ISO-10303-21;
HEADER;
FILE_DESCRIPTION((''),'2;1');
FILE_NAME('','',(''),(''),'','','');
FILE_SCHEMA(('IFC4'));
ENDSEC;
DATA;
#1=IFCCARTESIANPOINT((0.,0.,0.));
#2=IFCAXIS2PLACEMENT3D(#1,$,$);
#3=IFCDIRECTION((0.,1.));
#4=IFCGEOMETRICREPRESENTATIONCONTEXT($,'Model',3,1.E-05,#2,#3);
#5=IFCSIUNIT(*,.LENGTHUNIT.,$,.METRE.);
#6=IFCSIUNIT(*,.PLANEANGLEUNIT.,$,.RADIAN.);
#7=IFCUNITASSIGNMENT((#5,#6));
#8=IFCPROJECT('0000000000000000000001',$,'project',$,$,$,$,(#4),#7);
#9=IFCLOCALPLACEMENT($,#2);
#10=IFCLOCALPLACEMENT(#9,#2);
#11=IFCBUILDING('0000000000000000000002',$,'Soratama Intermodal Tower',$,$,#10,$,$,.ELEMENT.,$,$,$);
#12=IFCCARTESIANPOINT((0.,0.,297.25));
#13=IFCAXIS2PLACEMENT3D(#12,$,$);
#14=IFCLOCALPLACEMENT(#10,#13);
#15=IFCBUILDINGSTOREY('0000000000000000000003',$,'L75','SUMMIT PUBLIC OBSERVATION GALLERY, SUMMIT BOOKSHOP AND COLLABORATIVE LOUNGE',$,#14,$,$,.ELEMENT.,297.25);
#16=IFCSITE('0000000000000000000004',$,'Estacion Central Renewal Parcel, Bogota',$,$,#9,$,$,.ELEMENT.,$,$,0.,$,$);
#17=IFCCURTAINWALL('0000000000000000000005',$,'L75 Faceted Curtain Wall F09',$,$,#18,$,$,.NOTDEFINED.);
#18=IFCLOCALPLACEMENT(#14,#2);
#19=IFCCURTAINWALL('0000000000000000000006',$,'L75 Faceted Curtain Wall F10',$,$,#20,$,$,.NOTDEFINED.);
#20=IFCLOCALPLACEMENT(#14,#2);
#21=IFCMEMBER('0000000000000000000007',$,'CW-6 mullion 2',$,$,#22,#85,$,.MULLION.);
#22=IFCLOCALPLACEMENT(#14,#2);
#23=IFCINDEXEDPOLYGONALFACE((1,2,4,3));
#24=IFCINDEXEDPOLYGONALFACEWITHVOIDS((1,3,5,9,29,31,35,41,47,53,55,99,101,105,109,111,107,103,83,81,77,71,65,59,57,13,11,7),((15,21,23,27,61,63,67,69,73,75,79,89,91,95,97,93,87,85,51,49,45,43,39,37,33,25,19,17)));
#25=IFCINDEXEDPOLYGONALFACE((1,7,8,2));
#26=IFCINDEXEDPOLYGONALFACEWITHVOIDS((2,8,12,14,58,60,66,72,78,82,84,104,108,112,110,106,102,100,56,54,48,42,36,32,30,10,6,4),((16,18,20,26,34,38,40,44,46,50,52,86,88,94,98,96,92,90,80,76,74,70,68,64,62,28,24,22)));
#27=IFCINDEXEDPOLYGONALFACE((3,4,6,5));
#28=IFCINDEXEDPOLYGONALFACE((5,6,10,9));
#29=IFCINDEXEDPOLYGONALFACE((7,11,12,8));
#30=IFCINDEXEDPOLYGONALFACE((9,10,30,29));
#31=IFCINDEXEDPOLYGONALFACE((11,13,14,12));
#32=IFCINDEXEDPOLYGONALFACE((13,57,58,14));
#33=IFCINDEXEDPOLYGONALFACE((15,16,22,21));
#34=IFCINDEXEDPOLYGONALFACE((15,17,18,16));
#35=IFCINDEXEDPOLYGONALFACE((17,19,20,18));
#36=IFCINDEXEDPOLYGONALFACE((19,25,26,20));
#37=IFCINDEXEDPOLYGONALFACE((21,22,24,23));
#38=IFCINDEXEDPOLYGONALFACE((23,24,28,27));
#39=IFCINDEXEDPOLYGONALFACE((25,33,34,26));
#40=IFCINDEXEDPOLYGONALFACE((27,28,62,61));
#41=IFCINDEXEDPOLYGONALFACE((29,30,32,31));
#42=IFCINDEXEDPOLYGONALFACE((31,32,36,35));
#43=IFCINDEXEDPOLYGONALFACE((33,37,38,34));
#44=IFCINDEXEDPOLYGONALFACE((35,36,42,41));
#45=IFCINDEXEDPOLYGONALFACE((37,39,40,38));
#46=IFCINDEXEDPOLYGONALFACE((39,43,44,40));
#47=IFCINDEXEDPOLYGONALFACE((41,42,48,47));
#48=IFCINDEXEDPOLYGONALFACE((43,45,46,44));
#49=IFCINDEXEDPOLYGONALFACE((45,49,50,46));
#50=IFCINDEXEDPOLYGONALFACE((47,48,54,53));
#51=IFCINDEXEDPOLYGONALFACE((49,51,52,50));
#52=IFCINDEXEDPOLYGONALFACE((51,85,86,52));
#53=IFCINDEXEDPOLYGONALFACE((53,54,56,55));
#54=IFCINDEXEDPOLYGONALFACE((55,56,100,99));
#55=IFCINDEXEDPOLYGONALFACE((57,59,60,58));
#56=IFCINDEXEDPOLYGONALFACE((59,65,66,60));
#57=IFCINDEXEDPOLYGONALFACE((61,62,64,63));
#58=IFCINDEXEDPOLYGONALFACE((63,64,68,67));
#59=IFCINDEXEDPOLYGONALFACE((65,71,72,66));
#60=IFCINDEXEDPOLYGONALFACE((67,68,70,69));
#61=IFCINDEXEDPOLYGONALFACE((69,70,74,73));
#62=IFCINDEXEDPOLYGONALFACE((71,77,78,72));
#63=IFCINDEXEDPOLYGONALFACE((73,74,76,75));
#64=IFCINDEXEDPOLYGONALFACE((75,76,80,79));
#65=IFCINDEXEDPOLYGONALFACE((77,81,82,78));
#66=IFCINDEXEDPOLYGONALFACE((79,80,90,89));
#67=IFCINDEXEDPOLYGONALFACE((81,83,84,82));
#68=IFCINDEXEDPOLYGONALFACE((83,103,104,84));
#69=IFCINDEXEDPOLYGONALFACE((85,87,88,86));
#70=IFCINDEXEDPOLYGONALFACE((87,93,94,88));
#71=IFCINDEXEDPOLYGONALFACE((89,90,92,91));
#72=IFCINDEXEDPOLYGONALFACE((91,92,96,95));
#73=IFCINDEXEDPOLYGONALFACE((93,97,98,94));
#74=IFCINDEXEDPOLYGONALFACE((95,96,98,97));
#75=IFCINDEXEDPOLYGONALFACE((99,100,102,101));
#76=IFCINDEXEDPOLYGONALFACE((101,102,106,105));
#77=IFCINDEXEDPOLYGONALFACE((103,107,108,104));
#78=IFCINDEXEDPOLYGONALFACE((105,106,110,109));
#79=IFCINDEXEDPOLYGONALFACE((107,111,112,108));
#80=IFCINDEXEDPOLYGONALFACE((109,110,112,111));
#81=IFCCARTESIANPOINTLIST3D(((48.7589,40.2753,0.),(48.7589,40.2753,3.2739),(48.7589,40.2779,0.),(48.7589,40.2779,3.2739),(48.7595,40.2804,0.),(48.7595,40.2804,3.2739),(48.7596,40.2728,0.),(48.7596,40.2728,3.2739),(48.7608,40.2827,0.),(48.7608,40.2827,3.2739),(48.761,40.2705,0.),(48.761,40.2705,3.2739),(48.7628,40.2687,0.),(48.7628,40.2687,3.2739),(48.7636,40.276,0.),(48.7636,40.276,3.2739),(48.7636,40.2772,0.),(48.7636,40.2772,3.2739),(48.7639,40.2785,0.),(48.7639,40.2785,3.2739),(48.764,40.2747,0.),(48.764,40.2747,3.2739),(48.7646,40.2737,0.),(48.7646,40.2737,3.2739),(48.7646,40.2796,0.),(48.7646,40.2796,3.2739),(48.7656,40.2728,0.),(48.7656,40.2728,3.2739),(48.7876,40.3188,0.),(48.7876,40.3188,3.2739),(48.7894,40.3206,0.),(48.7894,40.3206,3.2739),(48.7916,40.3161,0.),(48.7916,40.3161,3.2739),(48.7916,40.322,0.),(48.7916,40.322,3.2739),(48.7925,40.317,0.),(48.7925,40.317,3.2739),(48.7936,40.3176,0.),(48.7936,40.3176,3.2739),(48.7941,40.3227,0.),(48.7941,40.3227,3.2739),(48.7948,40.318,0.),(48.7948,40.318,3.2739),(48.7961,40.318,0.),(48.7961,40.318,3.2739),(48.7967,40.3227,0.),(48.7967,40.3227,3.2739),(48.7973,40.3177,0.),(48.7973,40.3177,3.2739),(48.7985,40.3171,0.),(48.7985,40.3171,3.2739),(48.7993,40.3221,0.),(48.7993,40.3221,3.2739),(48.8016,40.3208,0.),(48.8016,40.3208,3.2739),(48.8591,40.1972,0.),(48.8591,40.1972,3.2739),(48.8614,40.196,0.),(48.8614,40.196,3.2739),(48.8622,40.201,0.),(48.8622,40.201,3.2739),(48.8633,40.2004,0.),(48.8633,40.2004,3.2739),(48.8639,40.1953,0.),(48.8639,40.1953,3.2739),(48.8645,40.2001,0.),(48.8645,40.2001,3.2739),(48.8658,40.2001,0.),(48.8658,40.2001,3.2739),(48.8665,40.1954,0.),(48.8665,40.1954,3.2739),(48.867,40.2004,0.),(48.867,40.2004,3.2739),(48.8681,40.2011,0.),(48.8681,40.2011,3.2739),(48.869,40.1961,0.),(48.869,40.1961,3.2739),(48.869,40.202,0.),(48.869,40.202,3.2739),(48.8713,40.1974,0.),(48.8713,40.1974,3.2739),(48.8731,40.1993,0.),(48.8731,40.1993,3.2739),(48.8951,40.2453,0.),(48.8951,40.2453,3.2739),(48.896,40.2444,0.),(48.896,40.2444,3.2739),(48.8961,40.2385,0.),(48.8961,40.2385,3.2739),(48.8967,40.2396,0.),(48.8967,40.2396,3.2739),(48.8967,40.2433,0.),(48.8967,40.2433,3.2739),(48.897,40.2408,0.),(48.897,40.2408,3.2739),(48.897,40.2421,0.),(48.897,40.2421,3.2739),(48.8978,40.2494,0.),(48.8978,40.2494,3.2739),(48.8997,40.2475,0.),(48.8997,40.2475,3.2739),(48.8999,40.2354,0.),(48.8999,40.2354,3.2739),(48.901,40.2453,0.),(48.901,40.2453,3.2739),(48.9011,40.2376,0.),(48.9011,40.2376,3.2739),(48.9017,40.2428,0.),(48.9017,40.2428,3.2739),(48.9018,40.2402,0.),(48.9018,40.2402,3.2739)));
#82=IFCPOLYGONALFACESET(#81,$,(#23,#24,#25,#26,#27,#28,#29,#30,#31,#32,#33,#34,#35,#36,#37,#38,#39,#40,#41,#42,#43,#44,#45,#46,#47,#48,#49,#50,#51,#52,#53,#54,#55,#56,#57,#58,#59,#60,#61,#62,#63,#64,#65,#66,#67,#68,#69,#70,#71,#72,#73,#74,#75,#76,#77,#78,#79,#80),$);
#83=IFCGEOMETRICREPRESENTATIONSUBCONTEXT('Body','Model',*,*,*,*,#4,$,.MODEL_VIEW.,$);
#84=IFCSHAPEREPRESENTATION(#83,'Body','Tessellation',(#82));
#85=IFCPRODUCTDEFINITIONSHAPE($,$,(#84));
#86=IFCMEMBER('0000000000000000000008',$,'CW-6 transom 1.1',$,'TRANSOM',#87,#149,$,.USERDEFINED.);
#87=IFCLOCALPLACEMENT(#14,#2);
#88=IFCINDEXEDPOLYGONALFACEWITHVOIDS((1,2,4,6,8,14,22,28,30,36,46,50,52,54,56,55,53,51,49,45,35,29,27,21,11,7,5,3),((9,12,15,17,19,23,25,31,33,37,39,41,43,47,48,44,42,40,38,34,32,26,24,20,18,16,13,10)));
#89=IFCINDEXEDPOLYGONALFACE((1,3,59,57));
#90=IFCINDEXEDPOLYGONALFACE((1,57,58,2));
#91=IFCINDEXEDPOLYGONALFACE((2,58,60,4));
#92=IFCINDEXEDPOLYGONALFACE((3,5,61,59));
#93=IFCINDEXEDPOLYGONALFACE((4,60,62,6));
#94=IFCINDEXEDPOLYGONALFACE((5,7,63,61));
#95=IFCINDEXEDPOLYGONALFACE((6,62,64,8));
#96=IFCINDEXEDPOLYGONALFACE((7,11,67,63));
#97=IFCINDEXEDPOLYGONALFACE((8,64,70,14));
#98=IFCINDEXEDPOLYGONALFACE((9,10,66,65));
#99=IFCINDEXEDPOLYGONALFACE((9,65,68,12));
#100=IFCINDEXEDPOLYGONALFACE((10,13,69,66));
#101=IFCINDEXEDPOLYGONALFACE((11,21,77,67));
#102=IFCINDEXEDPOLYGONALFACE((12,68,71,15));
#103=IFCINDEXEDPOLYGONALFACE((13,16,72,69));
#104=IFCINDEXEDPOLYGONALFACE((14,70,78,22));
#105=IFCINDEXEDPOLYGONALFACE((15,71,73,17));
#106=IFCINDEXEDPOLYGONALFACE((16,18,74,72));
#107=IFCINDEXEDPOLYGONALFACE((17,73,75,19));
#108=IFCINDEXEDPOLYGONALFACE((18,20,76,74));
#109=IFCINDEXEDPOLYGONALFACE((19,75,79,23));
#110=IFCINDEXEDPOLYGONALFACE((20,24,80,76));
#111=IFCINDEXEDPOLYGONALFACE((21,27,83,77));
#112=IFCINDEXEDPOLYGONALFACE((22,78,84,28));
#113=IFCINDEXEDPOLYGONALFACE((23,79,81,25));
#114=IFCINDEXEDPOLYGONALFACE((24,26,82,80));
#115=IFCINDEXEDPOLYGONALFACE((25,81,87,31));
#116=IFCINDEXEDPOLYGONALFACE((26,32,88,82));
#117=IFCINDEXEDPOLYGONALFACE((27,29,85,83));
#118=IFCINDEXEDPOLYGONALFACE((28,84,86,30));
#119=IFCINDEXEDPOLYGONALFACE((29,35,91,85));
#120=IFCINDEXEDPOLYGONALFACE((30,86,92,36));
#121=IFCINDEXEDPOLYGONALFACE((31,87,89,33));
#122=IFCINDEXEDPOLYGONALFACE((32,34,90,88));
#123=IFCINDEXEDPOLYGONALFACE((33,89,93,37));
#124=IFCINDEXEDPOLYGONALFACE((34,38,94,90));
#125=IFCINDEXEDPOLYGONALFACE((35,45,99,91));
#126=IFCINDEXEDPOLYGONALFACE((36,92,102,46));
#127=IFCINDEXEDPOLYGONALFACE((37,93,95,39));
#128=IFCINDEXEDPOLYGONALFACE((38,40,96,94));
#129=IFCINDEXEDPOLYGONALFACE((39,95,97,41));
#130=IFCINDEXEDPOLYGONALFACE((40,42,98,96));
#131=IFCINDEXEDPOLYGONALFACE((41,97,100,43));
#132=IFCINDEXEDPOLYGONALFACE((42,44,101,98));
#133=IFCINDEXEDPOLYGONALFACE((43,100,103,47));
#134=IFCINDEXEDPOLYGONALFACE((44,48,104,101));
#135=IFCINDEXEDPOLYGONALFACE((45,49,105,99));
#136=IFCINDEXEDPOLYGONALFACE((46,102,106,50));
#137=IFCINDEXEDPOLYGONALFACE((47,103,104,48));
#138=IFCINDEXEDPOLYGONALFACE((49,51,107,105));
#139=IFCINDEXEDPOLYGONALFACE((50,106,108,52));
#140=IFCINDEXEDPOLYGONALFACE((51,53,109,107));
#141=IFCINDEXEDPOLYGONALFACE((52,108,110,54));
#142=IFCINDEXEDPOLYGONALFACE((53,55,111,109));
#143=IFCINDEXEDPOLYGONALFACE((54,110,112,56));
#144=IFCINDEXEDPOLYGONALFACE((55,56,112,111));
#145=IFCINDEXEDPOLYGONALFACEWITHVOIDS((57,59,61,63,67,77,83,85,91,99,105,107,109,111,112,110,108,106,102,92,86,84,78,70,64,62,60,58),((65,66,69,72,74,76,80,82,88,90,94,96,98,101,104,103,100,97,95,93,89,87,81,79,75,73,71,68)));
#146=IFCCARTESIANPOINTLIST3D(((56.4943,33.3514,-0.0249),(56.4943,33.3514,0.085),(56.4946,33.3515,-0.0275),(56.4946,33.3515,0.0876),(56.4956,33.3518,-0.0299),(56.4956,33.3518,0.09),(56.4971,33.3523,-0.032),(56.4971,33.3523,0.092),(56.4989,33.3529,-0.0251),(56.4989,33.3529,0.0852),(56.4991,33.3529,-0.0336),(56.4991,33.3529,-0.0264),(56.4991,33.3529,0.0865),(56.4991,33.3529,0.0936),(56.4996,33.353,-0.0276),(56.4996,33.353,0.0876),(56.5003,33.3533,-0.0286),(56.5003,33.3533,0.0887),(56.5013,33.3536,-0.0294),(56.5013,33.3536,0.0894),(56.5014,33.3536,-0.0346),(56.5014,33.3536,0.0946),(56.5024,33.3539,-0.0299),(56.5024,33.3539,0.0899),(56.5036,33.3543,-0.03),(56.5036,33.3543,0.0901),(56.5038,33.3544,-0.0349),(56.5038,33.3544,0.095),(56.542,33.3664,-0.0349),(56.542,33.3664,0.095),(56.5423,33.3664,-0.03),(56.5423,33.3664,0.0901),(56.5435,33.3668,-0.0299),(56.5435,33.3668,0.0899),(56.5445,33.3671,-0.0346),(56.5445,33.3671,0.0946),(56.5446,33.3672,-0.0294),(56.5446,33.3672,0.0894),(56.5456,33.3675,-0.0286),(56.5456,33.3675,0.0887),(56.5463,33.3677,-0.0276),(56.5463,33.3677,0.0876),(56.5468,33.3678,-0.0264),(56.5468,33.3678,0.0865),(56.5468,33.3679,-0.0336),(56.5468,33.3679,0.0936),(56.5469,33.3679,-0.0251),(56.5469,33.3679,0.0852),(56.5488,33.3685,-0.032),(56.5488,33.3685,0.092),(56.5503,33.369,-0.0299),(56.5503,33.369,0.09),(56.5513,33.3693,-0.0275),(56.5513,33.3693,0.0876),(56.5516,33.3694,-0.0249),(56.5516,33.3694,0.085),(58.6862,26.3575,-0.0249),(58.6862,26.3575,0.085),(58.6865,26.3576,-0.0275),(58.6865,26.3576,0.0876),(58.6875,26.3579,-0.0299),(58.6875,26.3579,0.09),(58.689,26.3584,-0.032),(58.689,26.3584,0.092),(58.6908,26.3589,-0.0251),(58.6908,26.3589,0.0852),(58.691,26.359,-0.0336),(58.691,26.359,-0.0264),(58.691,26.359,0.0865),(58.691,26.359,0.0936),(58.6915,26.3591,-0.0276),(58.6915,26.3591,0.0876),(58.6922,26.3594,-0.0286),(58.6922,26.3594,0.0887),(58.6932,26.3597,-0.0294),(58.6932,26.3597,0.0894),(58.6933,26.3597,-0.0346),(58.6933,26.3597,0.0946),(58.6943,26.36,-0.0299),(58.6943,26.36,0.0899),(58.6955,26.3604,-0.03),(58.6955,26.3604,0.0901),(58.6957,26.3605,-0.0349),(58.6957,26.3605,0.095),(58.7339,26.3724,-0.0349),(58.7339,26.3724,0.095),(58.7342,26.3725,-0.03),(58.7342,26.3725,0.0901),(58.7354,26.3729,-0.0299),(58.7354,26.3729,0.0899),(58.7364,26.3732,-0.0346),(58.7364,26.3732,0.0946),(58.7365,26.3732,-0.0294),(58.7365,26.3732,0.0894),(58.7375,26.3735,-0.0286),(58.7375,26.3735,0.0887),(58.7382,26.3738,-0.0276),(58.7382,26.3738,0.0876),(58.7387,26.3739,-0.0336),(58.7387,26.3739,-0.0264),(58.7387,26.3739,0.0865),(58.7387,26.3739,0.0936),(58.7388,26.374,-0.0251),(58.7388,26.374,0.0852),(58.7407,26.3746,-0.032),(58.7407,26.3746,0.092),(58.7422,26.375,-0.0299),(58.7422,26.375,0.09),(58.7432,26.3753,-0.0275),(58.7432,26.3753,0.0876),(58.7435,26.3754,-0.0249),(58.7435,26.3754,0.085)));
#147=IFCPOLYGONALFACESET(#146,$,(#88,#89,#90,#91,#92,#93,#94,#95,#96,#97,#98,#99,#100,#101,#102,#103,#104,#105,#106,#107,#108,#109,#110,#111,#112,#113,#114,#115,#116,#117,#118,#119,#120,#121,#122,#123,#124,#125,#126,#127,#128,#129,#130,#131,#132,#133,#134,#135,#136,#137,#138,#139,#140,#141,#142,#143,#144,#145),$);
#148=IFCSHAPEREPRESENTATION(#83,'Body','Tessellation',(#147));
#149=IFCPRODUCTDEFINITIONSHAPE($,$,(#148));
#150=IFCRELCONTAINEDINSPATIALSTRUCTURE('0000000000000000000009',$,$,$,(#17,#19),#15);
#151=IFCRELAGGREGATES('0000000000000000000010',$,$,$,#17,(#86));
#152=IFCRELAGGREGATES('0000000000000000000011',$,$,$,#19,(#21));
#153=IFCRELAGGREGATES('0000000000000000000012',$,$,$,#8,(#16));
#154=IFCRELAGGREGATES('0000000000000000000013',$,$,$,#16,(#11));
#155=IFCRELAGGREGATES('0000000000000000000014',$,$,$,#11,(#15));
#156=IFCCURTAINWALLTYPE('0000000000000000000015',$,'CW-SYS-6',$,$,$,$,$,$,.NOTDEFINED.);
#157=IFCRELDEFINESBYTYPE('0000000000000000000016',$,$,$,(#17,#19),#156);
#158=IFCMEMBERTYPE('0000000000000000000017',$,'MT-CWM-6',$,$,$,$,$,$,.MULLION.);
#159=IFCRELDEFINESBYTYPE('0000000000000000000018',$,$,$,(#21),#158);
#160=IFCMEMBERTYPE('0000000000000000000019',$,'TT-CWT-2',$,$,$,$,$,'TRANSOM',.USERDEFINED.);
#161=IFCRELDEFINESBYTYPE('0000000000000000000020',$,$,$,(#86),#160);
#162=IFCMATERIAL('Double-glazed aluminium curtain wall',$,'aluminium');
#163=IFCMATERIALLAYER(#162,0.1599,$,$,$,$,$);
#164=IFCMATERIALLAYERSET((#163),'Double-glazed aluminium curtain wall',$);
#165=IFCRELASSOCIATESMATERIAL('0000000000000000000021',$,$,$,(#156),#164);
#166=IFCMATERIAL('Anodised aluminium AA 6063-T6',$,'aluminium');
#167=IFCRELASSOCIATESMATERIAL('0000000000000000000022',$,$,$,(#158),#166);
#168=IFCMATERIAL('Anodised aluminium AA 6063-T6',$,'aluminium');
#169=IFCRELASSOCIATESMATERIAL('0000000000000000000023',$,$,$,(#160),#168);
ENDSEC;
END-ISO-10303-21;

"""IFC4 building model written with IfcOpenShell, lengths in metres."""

from ifc_helpers import new_model, si_unit, direction, frame, origin, origin_2d, place, context, subcontext, project, spatial, hollow_rectangle, extrude, material, layer, layer_set, material_profile, profile_set, type_object, element, aggregate, save


model = new_model("IFC4")

# Units and contexts
model_context = context("Model", 3, precision=1e-05, world=origin(), true_north=direction((0.0, 1.0)))
body_context = subcontext(model_context, "Body", "Model", "MODEL_VIEW")
ifc_project = project(units=[si_unit("LENGTHUNIT", "METRE"), si_unit("PLANEANGLEUNIT", "RADIAN")], contexts=[model_context])

# Site, building, storey
site_placement = place(None, origin())
site = spatial("IfcSite", under=ifc_project, at=site_placement, Name="Estacion Central Renewal Parcel, Bogota", CompositionType="ELEMENT", RefElevation=0.0)
building_placement = place(site_placement, origin())
building = spatial("IfcBuilding", under=site, at=building_placement, Name="Soratama Intermodal Tower", CompositionType="ELEMENT")
storey_placement = place(building_placement, frame((0.0, 0.0, 297.25)))
storey = spatial("IfcBuildingStorey", under=building, at=storey_placement, Name="L75", Description="SUMMIT PUBLIC OBSERVATION GALLERY, SUMMIT BOOKSHOP AND COLLABORATIVE LOUNGE", CompositionType="ELEMENT", Elevation=297.25)

# Shared definitions
ifc_material_1 = material(Name="Double-glazed aluminium curtain wall", Category="aluminium")
ifc_layer_1 = layer(ifc_material_1, 0.1599)
ifc_layer_set_1 = layer_set([ifc_layer_1], Name="Double-glazed aluminium curtain wall")
curtain_wall_type = type_object("IfcCurtainWallType", Name="CW-SYS-6", PredefinedType="NOTDEFINED", material=ifc_layer_set_1)
ifc_material_2 = material(Name="Anodised aluminium AA 6063-T6", Category="aluminium")
ifc_material_profile_1 = material_profile(ifc_material_2, hollow_rectangle(XDim=0.0649, YDim=0.1399, WallThickness=0.0049, InnerFilletRadius=0.0049, OuterFilletRadius=0.01, at=origin_2d()), Name="CWM140X65X5")
ifc_profile_set_1 = profile_set([ifc_material_profile_1], Name="Anodised aluminium AA 6063-T6")
member_type_1 = type_object("IfcMemberType", Name="MT-CWM-6", PredefinedType="MULLION", material=ifc_profile_set_1)

# Curtain walls, member
curtain_wall_1_placement = place(storey_placement, origin())
curtain_wall_1 = element("IfcCurtainWall", 1, at=curtain_wall_1_placement, inside=storey, type_object=curtain_wall_type, Name="L75 Faceted Curtain Wall F09", PredefinedType="NOTDEFINED")
curtain_wall_2_placement = place(storey_placement, origin())
curtain_wall_2 = element("IfcCurtainWall", 2, at=curtain_wall_2_placement, inside=storey, type_object=curtain_wall_type, Name="L75 Faceted Curtain Wall F10", PredefinedType="NOTDEFINED")
member_1_placement = place(storey_placement, frame((48.8303, 40.259, 0.0), z_axis=(0.0, 0.0, 1.0), x_axis=(-0.596228, -0.802815, 0.0)))
member_1 = element("IfcMember", 3, at=member_1_placement, type_object=member_type_1, Name="CW-6 mullion 2", PredefinedType="MULLION", context=body_context, shape_type="SweptSolid", body=[
    extrude(hollow_rectangle(XDim=0.0649, YDim=0.1399, WallThickness=0.0049, InnerFilletRadius=0.0049, OuterFilletRadius=0.01, at=origin_2d()), origin(), (0.0, 0.0, 1.0), 3.2739),
])

# Member
ifc_material_3 = material(Name="Anodised aluminium AA 6063-T6", Category="aluminium")
ifc_material_profile_2 = material_profile(ifc_material_3, hollow_rectangle(XDim=0.0601, YDim=0.1299, WallThickness=0.0049, InnerFilletRadius=0.0049, OuterFilletRadius=0.01, at=origin_2d()), Name="CWT130X60X5")
ifc_profile_set_2 = profile_set([ifc_material_profile_2], Name="Anodised aluminium AA 6063-T6")
member_type_2 = type_object("IfcMemberType", Name="TT-CWT-2", ElementType="TRANSOM", PredefinedType="USERDEFINED", material=ifc_profile_set_2)
member_2_placement = place(storey_placement, frame((58.7148, 26.3665, 0.03), z_axis=(-0.299058, 0.954235, 0.0), x_axis=(-0.954235, -0.299058, 0.0)))
member_2 = element("IfcMember", 4, at=member_2_placement, type_object=member_type_2, Name="CW-6 transom 1.1", ObjectType="TRANSOM", PredefinedType="USERDEFINED", context=body_context, shape_type="SweptSolid", body=[
    extrude(hollow_rectangle(XDim=0.0601, YDim=0.1299, WallThickness=0.0049, InnerFilletRadius=0.0049, OuterFilletRadius=0.01, at=origin_2d()), origin(), (0.0, 0.0, 1.0), 7.3293),
])

aggregate(curtain_wall_1, [member_2])
aggregate(curtain_wall_2, [member_1])

save(model, "model.ifc")
